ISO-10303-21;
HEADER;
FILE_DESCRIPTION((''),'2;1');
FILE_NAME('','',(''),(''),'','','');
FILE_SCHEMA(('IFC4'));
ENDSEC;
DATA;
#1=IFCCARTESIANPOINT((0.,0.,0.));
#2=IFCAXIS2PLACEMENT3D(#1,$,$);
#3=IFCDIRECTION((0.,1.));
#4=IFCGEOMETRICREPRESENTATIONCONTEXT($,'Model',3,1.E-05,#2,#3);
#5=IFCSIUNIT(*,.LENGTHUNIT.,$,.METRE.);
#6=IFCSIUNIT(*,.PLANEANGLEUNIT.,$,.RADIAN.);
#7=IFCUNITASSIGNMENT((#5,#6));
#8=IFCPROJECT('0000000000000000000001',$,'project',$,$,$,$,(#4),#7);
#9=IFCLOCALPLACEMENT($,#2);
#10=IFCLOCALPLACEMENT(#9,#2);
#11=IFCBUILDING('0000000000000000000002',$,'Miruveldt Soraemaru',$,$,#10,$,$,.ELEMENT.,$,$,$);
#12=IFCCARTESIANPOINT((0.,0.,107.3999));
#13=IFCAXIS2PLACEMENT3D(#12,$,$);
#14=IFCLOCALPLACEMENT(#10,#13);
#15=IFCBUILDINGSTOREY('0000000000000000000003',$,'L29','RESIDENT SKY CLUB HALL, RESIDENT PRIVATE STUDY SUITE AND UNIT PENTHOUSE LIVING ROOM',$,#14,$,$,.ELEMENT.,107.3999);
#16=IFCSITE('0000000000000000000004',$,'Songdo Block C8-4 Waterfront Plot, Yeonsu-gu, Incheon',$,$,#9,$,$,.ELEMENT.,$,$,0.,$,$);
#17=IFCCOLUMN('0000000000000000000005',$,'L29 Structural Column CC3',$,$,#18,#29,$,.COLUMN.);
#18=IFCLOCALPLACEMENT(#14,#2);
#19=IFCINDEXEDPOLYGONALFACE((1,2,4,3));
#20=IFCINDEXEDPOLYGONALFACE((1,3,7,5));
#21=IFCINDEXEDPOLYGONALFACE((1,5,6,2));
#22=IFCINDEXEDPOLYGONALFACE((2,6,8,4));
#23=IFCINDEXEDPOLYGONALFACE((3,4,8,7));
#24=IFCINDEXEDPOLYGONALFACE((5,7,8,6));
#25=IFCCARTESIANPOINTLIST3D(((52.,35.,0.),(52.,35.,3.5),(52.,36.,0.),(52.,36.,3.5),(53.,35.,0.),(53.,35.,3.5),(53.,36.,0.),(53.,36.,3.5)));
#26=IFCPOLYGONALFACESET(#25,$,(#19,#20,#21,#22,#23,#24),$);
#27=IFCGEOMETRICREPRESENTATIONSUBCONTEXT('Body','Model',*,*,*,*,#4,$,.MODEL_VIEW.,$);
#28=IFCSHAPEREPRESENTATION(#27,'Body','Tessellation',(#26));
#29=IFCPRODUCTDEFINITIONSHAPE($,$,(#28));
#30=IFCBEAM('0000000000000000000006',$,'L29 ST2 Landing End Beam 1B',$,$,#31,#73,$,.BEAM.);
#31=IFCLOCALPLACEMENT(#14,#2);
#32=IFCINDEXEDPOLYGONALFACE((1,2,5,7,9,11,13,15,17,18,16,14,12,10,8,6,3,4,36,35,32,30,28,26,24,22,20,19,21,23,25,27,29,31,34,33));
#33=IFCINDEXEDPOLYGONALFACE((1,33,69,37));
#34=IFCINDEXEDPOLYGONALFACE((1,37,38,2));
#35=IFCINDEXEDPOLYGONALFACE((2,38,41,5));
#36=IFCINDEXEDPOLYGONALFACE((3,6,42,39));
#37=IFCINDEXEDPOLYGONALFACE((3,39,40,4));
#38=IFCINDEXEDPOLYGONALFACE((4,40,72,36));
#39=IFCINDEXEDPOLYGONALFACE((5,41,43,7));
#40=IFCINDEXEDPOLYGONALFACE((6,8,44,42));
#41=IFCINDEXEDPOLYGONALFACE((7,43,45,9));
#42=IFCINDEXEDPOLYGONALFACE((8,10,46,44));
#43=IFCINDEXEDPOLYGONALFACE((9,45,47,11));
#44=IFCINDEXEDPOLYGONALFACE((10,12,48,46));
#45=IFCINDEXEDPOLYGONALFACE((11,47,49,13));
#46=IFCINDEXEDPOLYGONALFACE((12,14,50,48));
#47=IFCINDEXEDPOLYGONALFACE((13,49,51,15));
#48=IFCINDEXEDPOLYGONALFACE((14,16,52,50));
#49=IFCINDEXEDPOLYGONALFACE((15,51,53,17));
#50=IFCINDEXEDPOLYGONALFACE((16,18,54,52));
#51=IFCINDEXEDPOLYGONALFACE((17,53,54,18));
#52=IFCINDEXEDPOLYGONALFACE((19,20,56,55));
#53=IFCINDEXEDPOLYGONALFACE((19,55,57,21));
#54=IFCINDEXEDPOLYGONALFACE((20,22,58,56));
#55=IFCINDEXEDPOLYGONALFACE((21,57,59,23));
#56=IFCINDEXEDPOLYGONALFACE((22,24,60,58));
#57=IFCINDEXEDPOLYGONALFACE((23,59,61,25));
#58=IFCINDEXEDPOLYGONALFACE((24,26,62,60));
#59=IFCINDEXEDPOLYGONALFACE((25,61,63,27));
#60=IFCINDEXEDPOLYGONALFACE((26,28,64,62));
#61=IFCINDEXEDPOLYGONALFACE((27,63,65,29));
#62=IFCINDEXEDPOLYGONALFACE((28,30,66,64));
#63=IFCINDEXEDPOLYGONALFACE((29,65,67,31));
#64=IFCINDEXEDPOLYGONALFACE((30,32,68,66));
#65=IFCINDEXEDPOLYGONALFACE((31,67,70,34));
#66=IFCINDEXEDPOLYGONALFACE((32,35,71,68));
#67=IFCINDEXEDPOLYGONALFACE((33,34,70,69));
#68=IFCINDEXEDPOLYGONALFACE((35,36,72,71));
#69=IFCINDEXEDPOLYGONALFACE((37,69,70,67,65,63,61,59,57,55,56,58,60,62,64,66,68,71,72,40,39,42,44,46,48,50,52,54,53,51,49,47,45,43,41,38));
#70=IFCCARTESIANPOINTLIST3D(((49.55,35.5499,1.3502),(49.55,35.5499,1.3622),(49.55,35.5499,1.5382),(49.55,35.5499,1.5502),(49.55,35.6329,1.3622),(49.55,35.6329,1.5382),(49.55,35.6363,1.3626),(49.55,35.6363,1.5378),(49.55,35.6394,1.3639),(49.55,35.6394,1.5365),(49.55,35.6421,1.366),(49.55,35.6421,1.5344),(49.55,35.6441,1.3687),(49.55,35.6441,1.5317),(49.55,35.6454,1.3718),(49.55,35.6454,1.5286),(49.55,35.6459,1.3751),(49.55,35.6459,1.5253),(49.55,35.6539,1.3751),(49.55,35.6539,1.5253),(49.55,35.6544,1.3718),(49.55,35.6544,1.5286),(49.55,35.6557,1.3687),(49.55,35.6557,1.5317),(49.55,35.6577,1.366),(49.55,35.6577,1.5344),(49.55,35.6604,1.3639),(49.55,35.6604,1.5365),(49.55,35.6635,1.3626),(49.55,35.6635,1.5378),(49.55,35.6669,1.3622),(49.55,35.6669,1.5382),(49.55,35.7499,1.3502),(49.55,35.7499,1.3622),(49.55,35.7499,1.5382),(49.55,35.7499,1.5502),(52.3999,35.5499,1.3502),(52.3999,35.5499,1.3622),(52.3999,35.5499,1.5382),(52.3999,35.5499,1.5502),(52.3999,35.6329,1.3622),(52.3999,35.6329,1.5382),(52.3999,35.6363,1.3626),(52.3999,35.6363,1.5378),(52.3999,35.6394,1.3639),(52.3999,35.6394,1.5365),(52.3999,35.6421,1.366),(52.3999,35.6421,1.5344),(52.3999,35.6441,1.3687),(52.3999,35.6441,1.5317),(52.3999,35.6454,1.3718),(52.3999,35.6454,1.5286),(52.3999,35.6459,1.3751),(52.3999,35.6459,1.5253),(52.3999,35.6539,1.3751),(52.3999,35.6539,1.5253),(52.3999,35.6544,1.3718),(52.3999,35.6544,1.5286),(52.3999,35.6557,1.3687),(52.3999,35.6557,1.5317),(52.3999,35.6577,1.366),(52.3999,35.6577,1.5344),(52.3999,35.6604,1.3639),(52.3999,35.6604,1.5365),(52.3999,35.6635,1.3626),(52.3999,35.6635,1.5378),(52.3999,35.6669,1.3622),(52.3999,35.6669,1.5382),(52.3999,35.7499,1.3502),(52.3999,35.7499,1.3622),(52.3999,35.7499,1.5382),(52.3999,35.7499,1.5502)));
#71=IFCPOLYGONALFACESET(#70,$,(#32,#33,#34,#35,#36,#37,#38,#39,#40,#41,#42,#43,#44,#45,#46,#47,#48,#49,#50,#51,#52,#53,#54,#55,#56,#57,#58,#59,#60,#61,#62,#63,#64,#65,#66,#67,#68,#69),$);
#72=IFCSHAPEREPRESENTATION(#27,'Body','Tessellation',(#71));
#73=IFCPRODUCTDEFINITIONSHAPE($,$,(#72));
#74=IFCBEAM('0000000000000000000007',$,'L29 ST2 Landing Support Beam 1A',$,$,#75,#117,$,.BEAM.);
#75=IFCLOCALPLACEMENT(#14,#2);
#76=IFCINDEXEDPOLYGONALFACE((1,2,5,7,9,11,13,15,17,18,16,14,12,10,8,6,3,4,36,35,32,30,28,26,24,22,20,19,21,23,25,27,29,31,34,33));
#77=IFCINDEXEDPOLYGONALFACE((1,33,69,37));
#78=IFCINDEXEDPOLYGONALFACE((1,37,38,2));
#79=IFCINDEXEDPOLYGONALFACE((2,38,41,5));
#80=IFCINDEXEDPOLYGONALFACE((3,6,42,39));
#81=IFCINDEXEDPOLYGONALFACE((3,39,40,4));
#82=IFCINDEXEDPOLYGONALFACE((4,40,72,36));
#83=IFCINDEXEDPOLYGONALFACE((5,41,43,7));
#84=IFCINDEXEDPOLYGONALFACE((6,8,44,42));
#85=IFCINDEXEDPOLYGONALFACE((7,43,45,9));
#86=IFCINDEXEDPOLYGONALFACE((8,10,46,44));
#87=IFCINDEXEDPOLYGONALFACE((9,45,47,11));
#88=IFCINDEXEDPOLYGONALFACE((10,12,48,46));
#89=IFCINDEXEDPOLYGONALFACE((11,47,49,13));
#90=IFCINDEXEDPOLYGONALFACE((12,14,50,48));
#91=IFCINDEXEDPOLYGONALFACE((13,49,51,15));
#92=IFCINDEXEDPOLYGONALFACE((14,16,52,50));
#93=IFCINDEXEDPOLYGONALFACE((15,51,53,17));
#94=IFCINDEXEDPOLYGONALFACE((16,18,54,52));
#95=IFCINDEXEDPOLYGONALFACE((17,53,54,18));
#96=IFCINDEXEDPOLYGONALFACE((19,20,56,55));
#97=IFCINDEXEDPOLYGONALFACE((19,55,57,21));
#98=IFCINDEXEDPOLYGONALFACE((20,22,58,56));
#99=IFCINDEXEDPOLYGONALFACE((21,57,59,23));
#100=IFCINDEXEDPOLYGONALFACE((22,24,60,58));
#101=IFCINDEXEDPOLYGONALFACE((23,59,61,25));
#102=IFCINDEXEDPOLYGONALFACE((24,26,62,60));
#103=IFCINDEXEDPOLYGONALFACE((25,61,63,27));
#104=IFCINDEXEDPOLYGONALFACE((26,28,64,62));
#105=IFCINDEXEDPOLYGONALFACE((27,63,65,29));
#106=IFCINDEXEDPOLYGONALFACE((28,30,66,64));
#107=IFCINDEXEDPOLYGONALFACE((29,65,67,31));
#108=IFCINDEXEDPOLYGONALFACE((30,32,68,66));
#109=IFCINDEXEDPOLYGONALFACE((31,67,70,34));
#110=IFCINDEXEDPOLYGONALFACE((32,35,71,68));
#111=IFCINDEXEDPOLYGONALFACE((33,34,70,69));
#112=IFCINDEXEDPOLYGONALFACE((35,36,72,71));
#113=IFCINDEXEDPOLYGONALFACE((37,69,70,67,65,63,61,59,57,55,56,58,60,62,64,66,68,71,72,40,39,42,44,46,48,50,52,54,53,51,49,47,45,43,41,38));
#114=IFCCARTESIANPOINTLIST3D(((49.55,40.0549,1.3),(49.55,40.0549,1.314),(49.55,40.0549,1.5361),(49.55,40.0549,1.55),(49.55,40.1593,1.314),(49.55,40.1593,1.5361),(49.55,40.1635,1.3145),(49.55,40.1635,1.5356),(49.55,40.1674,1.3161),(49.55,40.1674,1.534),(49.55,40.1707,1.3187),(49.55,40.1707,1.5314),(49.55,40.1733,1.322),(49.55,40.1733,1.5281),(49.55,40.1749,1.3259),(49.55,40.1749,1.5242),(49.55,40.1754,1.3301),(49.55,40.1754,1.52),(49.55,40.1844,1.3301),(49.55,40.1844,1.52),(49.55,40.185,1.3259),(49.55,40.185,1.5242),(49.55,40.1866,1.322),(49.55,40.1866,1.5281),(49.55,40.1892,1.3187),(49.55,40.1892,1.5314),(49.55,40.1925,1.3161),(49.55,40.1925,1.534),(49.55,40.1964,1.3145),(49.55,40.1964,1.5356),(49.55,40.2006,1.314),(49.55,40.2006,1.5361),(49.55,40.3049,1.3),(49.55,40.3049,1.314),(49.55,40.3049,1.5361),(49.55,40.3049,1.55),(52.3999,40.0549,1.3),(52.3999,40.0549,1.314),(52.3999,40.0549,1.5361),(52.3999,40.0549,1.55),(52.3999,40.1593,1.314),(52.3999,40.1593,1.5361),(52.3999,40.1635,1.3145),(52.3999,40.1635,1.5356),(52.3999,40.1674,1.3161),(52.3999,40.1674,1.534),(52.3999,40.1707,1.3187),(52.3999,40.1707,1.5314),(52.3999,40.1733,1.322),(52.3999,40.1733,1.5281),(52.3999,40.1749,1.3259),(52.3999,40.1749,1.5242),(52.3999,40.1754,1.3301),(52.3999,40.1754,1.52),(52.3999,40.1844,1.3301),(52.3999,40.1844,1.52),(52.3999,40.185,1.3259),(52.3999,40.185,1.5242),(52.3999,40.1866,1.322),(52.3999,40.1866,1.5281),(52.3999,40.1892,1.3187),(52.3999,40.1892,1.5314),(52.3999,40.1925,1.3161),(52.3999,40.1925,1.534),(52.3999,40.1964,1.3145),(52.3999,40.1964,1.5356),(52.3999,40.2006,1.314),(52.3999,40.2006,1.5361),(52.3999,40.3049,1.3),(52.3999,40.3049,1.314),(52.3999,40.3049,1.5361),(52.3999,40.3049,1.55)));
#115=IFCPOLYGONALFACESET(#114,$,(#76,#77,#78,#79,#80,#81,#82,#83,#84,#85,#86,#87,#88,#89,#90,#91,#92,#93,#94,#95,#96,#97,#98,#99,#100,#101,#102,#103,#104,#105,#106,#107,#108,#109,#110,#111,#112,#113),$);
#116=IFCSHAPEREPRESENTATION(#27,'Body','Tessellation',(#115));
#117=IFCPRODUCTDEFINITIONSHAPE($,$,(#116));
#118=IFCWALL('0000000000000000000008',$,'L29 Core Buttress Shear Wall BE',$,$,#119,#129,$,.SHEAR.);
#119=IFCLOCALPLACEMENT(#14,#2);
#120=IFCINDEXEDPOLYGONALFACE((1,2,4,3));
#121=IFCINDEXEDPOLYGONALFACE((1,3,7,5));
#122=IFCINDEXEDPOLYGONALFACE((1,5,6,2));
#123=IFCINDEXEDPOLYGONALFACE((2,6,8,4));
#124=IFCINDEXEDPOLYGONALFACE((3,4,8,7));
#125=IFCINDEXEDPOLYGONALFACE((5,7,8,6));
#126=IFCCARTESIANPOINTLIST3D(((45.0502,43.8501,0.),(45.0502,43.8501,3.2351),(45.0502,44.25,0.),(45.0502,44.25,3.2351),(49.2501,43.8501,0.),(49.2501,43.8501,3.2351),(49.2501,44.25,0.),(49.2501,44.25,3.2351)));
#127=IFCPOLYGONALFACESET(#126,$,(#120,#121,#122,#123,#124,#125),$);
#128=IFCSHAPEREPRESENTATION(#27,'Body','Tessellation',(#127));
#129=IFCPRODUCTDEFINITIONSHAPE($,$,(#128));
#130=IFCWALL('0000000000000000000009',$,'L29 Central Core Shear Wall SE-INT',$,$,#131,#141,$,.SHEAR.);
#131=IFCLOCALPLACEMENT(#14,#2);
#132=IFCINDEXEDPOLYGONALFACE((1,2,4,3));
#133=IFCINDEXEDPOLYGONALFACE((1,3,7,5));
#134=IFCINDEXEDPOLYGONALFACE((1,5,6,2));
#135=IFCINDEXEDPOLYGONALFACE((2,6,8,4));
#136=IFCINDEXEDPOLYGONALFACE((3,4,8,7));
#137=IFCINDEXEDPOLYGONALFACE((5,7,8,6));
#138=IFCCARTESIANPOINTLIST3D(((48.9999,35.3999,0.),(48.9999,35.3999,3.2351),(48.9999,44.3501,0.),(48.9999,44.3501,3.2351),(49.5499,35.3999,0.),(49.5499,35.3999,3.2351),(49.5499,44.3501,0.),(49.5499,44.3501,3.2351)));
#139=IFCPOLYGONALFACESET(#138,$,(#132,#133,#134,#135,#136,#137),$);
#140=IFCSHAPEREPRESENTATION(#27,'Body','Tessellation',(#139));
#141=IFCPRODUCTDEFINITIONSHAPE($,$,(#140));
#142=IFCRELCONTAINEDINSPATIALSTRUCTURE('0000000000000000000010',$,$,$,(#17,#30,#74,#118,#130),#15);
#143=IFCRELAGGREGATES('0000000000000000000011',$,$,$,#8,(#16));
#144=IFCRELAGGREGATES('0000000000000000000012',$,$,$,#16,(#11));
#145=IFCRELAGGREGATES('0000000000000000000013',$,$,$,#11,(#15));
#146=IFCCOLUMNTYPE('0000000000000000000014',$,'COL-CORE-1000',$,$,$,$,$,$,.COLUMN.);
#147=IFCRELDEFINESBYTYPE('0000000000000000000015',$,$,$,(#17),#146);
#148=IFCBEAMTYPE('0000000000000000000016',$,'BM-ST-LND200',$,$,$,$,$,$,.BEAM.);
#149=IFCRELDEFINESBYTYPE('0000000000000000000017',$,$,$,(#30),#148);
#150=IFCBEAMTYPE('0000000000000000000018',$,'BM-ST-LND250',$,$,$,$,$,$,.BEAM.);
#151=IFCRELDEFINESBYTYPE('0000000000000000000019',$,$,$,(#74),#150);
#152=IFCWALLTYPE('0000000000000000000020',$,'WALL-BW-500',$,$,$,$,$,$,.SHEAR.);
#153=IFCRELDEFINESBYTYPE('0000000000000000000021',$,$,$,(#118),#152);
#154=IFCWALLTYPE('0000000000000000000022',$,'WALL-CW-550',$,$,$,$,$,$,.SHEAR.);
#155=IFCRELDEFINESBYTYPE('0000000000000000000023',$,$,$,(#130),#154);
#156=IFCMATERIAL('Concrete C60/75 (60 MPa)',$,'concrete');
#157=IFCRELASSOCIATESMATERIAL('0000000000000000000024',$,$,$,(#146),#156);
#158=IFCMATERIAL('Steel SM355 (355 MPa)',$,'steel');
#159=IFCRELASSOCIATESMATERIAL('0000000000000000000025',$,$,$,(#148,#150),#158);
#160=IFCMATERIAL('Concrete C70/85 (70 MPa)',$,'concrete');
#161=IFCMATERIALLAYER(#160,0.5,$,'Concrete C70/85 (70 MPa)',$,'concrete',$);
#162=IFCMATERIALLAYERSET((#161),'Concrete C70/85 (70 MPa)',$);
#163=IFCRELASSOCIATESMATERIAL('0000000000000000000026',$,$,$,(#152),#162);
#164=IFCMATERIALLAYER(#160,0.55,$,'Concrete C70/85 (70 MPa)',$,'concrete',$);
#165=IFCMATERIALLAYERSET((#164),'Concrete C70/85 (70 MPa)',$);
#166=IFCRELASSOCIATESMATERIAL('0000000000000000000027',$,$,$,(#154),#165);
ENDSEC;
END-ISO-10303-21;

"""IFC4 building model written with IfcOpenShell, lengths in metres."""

from ifc_helpers import new_model, si_unit, direction, frame, frame_2d, origin, origin_2d, place, context, subcontext, project, spatial, rectangle, i_section, extrude, material, layer, layer_set, material_profile, profile_set, type_object, element, save


model = new_model("IFC4")

# Units and contexts
model_context = context("Model", 3, precision=1e-05, world=origin(), true_north=direction((0.0, 1.0)))
body_context = subcontext(model_context, "Body", "Model", "MODEL_VIEW")
ifc_project = project(units=[si_unit("LENGTHUNIT", "METRE"), si_unit("PLANEANGLEUNIT", "RADIAN")], contexts=[model_context])

# Site, building, storey
site_placement = place(None, origin())
site = spatial("IfcSite", under=ifc_project, at=site_placement, Name="Songdo Block C8-4 Waterfront Plot, Yeonsu-gu, Incheon", CompositionType="ELEMENT", RefElevation=0.0)
building_placement = place(site_placement, origin())
building = spatial("IfcBuilding", under=site, at=building_placement, Name="Miruveldt Soraemaru", CompositionType="ELEMENT")
storey_placement = place(building_placement, frame((0.0, 0.0, 107.3999)))
storey = spatial("IfcBuildingStorey", under=building, at=storey_placement, Name="L29", Description="RESIDENT SKY CLUB HALL, RESIDENT PRIVATE STUDY SUITE AND UNIT PENTHOUSE LIVING ROOM", CompositionType="ELEMENT", Elevation=107.3999)

# Column
ifc_material_1 = material(Name="Concrete C60/75 (60 MPa)", Category="concrete")
ifc_material_profile_1 = material_profile(ifc_material_1, rectangle(XDim=1.0, YDim=1.0, at=origin_2d()), Name="Concrete C60/75 (60 MPa)", Category="concrete")
ifc_profile_set_1 = profile_set([ifc_material_profile_1], Name="Concrete C60/75 (60 MPa)")
column_type = type_object("IfcColumnType", Name="COL-CORE-1000", PredefinedType="COLUMN", material=ifc_profile_set_1)
column_placement = place(storey_placement, frame((52.5, 35.5, 0.0), z_axis=(0.0, 0.0, 1.0), x_axis=(1.0, 0.0, 0.0)))
element("IfcColumn", 1, at=column_placement, inside=storey, type_object=column_type, Name="L29 Structural Column CC3", PredefinedType="COLUMN", context=body_context, shape_type="SweptSolid", body=[
    extrude(rectangle(XDim=1.0, YDim=1.0, at=origin_2d()), origin(), (0.0, 0.0, 1.0), 3.5),
])

# Beams
ifc_material_2 = material(Name="Steel SM355 (355 MPa)", Category="steel")
ifc_material_profile_2 = material_profile(ifc_material_2, i_section(OverallWidth=0.2, OverallDepth=0.2, WebThickness=0.0081, FlangeThickness=0.012, FilletRadius=0.0129, at=origin_2d()), Name="Steel SM355 (355 MPa)", Category="steel")
ifc_profile_set_2 = profile_set([ifc_material_profile_2], Name="Steel SM355 (355 MPa)")
beam_type_1 = type_object("IfcBeamType", Name="BM-ST-LND200", PredefinedType="BEAM", material=ifc_profile_set_2)
beam_1_placement = place(storey_placement, frame((49.55, 35.6499, 1.4502), z_axis=(1.0, 0.0, 0.0), x_axis=(0.0, 1.0, 0.0)))
element("IfcBeam", 2, at=beam_1_placement, inside=storey, type_object=beam_type_1, Name="L29 ST2 Landing End Beam 1B", PredefinedType="BEAM", context=body_context, shape_type="SweptSolid", body=[
    extrude(i_section(OverallWidth=0.2, OverallDepth=0.2, WebThickness=0.0081, FlangeThickness=0.012, FilletRadius=0.0129, at=origin_2d()), origin(), (0.0, 0.0, 1.0), 2.8499),
])
ifc_material_profile_3 = material_profile(ifc_material_2, i_section(OverallWidth=0.25, OverallDepth=0.25, WebThickness=0.009, FlangeThickness=0.0139, FilletRadius=0.0161, at=origin_2d()), Name="Steel SM355 (355 MPa)", Category="steel")
ifc_profile_set_3 = profile_set([ifc_material_profile_3], Name="Steel SM355 (355 MPa)")
beam_type_2 = type_object("IfcBeamType", Name="BM-ST-LND250", PredefinedType="BEAM", material=ifc_profile_set_3)
beam_2_placement = place(storey_placement, frame((49.55, 40.1799, 1.425), z_axis=(1.0, 0.0, 0.0), x_axis=(0.0, 1.0, 0.0)))
element("IfcBeam", 3, at=beam_2_placement, inside=storey, type_object=beam_type_2, Name="L29 ST2 Landing Support Beam 1A", PredefinedType="BEAM", context=body_context, shape_type="SweptSolid", body=[
    extrude(i_section(OverallWidth=0.25, OverallDepth=0.25, WebThickness=0.009, FlangeThickness=0.0139, FilletRadius=0.0161, at=origin_2d()), origin(), (0.0, 0.0, 1.0), 2.8499),
])

# Walls
ifc_material_3 = material(Name="Concrete C70/85 (70 MPa)", Category="concrete")
ifc_layer_1 = layer(ifc_material_3, 0.5, Name="Concrete C70/85 (70 MPa)", Category="concrete")
ifc_layer_set_1 = layer_set([ifc_layer_1], Name="Concrete C70/85 (70 MPa)")
wall_type_1 = type_object("IfcWallType", Name="WALL-BW-500", PredefinedType="SHEAR", material=ifc_layer_set_1)
wall_1_placement = place(storey_placement, frame((45.05, 44.05, 0.0), z_axis=(0.0, 0.0, 1.0), x_axis=(1.0, 0.0, 0.0)))
element("IfcWall", 4, at=wall_1_placement, inside=storey, type_object=wall_type_1, Name="L29 Core Buttress Shear Wall BE", PredefinedType="SHEAR", context=body_context, shape_type="SweptSolid", body=[
    extrude(rectangle(XDim=4.2, YDim=0.3999, at=frame_2d((2.1001, 0.0))), origin(), (0.0, 0.0, 1.0), 3.2351),
])
ifc_layer_2 = layer(ifc_material_3, 0.55, Name="Concrete C70/85 (70 MPa)", Category="concrete")
ifc_layer_set_2 = layer_set([ifc_layer_2], Name="Concrete C70/85 (70 MPa)")
wall_type_2 = type_object("IfcWallType", Name="WALL-CW-550", PredefinedType="SHEAR", material=ifc_layer_set_2)
wall_2_placement = place(storey_placement, frame((49.2749, 35.3999, 0.0), z_axis=(0.0, 0.0, 1.0), x_axis=(0.0, 1.0, 0.0)))
element("IfcWall", 5, at=wall_2_placement, inside=storey, type_object=wall_type_2, Name="L29 Central Core Shear Wall SE-INT", PredefinedType="SHEAR", context=body_context, shape_type="SweptSolid", body=[
    extrude(rectangle(XDim=8.9502, YDim=0.55, at=frame_2d((4.4751, 0.0))), origin(), (0.0, 0.0, 1.0), 3.2351),
])

save(model, "model.ifc")
